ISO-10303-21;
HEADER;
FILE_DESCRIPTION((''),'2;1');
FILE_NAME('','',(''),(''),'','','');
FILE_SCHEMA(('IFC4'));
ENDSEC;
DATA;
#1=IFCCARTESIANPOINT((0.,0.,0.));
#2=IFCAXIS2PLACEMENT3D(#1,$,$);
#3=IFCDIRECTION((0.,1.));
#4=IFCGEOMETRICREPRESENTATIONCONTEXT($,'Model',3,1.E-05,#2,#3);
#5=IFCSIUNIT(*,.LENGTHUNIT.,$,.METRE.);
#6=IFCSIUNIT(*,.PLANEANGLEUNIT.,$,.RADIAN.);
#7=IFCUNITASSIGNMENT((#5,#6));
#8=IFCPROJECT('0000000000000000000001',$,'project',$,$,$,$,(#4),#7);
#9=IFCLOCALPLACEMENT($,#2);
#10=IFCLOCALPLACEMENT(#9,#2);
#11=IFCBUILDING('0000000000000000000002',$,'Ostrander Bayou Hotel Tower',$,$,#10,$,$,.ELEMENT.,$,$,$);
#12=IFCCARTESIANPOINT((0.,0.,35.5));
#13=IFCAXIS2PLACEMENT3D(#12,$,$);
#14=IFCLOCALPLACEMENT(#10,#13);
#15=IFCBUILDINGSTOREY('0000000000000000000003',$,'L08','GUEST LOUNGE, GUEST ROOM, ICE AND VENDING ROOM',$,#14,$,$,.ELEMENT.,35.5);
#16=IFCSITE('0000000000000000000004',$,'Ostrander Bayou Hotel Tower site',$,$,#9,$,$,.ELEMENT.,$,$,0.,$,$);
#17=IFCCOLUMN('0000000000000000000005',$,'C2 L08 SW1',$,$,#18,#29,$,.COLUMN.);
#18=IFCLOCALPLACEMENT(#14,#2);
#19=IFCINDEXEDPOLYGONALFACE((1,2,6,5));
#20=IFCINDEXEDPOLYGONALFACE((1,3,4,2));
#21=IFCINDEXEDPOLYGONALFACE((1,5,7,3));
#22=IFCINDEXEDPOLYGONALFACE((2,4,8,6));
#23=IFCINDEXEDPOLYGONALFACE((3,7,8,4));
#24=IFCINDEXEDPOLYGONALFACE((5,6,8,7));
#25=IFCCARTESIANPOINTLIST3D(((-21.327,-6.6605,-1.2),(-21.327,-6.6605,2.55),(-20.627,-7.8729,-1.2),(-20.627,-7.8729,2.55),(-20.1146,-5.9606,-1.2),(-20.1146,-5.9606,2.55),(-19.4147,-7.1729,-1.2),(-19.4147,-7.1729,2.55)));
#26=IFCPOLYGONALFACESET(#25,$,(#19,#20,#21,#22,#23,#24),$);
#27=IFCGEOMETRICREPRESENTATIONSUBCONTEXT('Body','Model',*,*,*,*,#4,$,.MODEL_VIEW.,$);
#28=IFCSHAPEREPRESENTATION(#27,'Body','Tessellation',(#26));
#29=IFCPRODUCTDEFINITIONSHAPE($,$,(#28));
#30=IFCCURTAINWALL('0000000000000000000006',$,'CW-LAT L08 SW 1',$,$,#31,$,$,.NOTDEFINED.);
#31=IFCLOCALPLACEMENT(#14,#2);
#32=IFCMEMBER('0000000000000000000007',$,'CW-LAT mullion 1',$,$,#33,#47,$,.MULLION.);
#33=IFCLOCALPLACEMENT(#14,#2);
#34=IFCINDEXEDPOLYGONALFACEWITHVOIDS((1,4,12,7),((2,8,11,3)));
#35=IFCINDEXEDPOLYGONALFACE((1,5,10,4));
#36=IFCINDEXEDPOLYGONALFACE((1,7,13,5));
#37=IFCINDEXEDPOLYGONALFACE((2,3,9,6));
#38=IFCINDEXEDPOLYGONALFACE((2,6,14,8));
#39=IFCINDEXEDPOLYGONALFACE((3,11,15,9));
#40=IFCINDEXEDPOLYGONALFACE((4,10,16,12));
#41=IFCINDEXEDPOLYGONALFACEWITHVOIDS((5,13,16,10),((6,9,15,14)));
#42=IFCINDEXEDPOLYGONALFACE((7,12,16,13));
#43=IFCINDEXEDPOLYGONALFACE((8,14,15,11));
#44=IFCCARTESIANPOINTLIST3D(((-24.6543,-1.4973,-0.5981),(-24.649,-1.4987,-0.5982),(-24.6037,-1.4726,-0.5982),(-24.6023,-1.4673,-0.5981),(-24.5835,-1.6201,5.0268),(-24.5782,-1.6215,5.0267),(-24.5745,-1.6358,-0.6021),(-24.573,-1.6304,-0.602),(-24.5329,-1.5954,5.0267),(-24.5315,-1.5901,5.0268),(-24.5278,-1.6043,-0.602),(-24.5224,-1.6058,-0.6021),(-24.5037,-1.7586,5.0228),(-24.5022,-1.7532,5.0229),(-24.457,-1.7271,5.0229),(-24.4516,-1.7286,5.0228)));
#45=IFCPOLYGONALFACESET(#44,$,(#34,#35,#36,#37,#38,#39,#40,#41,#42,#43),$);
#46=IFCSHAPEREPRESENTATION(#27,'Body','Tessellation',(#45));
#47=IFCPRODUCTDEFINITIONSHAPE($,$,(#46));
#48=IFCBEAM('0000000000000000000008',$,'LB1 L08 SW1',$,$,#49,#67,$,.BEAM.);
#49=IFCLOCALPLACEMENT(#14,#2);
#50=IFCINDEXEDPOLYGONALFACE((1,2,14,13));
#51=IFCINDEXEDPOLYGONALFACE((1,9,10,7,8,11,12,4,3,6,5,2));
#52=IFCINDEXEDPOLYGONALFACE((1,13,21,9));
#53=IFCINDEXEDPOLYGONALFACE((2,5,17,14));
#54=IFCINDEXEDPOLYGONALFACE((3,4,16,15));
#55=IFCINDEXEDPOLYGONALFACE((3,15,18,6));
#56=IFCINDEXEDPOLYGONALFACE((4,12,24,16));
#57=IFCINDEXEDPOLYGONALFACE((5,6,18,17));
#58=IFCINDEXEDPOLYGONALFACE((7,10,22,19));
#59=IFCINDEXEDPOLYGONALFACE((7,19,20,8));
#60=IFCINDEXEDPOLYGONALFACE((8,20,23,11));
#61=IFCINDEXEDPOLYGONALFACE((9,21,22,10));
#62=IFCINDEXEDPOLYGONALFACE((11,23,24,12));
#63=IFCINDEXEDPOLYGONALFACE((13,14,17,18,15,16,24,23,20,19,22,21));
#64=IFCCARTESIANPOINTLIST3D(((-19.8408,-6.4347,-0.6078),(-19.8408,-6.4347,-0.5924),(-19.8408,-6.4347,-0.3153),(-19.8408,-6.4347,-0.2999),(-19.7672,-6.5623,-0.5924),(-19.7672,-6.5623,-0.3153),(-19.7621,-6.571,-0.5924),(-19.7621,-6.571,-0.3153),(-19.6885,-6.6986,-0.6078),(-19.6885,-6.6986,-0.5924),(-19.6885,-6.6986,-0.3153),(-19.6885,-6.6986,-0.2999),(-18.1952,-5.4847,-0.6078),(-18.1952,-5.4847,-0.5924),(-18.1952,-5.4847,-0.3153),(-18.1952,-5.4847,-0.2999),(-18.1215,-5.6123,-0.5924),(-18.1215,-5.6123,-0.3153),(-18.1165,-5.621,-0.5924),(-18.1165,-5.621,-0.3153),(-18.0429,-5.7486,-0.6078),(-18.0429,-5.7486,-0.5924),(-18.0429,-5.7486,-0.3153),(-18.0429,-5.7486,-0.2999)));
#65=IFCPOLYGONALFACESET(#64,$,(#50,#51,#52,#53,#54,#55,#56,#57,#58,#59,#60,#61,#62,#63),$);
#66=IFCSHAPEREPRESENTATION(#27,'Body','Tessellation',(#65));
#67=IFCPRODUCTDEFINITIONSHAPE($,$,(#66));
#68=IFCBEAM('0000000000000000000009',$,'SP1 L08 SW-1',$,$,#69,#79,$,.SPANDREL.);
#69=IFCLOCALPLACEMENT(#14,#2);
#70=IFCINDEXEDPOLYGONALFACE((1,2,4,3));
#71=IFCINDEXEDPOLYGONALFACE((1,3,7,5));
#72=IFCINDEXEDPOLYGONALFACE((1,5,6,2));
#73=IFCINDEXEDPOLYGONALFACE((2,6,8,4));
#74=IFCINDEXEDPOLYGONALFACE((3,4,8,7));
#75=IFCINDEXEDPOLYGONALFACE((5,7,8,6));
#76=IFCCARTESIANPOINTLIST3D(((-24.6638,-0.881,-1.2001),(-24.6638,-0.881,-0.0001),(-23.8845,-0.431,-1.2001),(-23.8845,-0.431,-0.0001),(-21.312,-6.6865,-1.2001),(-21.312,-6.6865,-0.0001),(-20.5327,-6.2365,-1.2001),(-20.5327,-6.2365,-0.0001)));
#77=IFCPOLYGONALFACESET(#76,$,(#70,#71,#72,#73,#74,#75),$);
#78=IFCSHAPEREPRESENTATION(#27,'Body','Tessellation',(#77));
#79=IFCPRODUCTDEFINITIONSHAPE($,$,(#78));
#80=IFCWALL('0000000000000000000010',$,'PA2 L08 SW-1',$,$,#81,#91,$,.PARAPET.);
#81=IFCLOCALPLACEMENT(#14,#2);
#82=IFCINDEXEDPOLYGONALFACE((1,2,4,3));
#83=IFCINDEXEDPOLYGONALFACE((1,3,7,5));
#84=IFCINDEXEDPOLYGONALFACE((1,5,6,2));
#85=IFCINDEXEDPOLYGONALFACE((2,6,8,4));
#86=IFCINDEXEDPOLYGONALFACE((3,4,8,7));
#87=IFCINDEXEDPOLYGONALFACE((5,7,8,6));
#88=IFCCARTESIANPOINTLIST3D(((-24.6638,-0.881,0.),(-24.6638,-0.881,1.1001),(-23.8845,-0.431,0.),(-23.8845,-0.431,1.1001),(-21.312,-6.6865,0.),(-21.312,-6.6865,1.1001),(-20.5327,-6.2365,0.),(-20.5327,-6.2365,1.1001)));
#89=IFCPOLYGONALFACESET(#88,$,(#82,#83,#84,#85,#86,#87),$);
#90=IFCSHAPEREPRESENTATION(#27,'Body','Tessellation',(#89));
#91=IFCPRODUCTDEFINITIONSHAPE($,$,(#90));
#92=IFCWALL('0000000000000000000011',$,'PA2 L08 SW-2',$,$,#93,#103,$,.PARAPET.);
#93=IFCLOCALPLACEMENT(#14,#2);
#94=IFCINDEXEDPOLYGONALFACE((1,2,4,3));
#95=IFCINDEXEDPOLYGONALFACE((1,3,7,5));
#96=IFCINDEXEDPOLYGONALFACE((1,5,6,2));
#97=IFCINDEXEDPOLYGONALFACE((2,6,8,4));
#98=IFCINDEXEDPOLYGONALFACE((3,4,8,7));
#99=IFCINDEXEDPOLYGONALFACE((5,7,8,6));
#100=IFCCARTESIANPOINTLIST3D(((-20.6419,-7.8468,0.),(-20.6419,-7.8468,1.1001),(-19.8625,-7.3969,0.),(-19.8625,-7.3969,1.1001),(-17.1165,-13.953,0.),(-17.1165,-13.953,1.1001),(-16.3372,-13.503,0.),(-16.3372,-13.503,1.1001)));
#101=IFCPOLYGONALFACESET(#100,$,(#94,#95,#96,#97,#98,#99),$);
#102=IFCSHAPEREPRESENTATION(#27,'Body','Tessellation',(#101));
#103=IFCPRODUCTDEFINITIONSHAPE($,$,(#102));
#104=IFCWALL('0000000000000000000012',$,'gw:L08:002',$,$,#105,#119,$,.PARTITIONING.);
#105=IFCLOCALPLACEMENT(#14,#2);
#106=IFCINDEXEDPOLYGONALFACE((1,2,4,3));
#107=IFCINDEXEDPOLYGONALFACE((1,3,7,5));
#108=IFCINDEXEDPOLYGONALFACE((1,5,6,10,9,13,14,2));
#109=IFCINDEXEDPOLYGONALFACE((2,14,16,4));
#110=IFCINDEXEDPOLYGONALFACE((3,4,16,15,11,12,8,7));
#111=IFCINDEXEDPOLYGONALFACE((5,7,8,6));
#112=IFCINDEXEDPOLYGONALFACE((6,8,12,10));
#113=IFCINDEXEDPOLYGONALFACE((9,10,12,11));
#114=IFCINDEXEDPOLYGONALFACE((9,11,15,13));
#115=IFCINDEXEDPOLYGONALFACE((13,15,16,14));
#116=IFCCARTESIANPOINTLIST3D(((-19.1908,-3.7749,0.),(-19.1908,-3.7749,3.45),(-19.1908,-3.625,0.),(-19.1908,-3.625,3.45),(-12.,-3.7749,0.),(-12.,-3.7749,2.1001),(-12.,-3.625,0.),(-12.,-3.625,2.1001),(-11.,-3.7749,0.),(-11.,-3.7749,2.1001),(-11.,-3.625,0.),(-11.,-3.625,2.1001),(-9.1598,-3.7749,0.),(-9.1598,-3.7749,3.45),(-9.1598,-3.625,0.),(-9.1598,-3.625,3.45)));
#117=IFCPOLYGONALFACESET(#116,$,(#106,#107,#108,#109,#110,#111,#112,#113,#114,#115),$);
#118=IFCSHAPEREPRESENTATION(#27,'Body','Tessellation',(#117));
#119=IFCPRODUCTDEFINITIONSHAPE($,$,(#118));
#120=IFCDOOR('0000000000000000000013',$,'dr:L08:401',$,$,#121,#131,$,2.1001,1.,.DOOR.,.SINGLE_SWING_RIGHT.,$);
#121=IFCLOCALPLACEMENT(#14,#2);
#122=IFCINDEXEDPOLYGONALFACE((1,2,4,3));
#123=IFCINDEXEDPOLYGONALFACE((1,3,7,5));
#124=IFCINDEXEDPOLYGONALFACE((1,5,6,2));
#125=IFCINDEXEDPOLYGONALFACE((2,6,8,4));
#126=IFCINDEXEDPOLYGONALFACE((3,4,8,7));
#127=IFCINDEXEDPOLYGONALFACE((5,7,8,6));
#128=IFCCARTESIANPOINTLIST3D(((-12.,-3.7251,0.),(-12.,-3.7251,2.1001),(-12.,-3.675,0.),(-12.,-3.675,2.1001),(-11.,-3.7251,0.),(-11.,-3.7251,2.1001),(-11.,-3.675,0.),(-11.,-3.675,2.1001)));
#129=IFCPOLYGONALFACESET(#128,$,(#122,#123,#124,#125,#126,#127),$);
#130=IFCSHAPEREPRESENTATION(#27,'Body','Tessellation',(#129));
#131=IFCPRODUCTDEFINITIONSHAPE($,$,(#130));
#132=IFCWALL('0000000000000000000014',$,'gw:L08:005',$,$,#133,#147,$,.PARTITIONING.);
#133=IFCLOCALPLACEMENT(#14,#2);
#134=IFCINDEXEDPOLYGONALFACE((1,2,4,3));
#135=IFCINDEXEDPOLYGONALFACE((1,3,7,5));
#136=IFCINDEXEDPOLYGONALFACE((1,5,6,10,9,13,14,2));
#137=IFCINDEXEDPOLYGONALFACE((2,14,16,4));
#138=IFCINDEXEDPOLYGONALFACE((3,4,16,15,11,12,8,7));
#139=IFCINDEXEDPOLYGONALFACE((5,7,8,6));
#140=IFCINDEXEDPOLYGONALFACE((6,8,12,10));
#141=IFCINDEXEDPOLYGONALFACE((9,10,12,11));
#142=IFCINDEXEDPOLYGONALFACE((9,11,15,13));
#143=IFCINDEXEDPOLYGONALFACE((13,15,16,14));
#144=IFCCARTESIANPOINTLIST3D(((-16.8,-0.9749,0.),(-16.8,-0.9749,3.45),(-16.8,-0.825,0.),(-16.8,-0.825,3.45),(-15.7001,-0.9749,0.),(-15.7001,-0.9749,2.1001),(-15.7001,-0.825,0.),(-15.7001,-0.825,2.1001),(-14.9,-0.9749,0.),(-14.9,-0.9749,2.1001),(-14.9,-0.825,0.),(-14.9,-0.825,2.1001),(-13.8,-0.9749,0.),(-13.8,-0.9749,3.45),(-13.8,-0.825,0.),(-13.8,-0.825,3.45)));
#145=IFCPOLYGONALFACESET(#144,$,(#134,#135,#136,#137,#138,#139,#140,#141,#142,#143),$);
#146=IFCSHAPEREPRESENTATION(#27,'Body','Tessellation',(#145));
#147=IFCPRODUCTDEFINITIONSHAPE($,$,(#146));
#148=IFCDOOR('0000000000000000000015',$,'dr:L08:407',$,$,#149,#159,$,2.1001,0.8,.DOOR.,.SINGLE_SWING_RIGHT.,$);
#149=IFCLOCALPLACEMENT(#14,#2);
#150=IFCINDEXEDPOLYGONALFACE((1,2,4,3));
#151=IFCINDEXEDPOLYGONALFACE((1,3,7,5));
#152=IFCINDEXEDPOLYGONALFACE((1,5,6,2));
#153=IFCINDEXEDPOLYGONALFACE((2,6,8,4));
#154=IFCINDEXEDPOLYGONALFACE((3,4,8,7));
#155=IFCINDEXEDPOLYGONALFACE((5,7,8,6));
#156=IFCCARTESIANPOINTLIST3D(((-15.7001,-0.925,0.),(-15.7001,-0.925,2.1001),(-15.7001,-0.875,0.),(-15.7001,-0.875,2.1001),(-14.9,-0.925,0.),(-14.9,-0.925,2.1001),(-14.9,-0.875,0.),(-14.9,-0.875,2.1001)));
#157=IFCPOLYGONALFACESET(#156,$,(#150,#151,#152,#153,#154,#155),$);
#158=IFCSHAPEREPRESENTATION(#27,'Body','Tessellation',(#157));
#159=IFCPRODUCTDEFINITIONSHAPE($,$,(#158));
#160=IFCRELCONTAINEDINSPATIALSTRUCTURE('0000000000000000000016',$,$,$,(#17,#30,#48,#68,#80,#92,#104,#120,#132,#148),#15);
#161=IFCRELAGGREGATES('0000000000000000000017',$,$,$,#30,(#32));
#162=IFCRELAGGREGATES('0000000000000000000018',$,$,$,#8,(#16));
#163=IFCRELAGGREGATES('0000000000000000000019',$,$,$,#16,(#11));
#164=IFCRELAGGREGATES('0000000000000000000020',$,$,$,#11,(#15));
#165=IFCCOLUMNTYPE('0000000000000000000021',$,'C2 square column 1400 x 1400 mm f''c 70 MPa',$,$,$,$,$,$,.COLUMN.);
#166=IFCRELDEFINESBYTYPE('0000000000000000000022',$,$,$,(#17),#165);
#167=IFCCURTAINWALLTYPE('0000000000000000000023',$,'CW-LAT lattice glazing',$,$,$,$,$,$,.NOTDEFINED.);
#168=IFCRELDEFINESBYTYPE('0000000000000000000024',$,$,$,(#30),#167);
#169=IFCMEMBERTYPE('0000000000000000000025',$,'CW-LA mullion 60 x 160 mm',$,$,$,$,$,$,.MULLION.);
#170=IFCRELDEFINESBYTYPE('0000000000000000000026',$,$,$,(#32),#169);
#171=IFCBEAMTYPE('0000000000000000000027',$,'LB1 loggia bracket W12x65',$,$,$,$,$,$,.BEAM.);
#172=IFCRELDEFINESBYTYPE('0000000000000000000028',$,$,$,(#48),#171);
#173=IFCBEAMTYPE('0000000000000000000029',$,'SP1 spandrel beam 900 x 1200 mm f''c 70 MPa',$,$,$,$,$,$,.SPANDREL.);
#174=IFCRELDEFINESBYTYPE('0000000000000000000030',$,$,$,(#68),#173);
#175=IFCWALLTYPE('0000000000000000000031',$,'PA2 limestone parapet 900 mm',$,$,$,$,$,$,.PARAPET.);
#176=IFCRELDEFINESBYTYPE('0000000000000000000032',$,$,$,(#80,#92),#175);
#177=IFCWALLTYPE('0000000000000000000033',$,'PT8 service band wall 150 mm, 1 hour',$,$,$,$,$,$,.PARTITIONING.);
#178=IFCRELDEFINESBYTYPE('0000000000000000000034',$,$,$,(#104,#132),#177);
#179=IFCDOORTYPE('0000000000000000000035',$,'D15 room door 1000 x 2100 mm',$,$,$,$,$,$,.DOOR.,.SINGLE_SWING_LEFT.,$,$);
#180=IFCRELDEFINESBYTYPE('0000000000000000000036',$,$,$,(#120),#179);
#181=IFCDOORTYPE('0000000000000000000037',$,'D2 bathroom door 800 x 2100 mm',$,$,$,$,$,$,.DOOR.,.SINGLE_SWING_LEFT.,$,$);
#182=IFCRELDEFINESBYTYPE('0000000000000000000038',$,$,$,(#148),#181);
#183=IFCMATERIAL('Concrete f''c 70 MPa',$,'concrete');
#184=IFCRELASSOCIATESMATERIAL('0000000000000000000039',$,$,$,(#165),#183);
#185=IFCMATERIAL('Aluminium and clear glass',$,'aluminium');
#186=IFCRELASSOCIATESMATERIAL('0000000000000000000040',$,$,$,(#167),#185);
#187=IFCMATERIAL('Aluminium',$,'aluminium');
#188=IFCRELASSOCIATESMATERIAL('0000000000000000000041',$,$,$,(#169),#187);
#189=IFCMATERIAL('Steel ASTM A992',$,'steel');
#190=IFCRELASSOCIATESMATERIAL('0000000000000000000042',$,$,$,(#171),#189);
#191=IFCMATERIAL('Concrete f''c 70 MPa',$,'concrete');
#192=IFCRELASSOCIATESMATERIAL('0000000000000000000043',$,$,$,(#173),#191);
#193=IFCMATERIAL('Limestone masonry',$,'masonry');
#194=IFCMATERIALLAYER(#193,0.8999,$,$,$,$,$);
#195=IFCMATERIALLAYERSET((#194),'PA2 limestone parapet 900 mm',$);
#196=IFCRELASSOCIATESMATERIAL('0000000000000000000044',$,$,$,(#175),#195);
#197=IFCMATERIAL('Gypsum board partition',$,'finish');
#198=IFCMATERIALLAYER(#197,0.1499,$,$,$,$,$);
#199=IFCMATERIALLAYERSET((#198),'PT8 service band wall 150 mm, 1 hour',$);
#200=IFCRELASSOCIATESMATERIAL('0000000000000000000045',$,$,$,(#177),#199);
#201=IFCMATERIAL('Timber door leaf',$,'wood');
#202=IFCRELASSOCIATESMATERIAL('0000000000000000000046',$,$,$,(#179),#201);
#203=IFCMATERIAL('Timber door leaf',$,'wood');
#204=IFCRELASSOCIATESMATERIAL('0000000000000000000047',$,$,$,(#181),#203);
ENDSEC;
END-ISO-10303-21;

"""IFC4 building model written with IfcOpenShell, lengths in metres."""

from ifc_helpers import new_model, si_unit, direction, frame, frame_2d, origin, origin_2d, place, context, subcontext, project, spatial, rectangle, hollow_rectangle, i_section, extrude, material, layer, layer_set, material_profile, profile_set, type_object, element, fill, aggregate, save


model = new_model("IFC4")

# Units and contexts
model_context = context("Model", 3, precision=1e-05, world=origin(), true_north=direction((0.0, 1.0)))
body_context = subcontext(model_context, "Body", "Model", "MODEL_VIEW")
ifc_project = project(units=[si_unit("LENGTHUNIT", "METRE"), si_unit("PLANEANGLEUNIT", "RADIAN")], contexts=[model_context])

# Site, building, storey
site_placement = place(None, origin())
site = spatial("IfcSite", under=ifc_project, at=site_placement, Name="Ostrander Bayou Hotel Tower site", CompositionType="ELEMENT", RefElevation=0.0)
building_placement = place(site_placement, origin())
building = spatial("IfcBuilding", under=site, at=building_placement, Name="Ostrander Bayou Hotel Tower", CompositionType="ELEMENT")
storey_placement = place(building_placement, frame((0.0, 0.0, 35.5)))
storey = spatial("IfcBuildingStorey", under=building, at=storey_placement, Name="L08", Description="GUEST LOUNGE, GUEST ROOM, ICE AND VENDING ROOM", CompositionType="ELEMENT", Elevation=35.5)

# Column
ifc_material_1 = material(Name="Concrete f'c 70 MPa", Category="concrete")
ifc_material_profile_1 = material_profile(ifc_material_1, rectangle(XDim=1.3999, YDim=1.3999, at=origin_2d()))
ifc_profile_set_1 = profile_set([ifc_material_profile_1], Name="Concrete f'c 70 MPa")
column_type = type_object("IfcColumnType", Name="C2 square column 1400 x 1400 mm f'c 70 MPa", PredefinedType="COLUMN", material=ifc_profile_set_1)
column_placement = place(storey_placement, frame((-20.3708, -6.9167, -1.2), z_axis=(0.0, 0.0, 1.0), x_axis=(-0.5, 0.866025, 0.0)))
element("IfcColumn", 1, at=column_placement, inside=storey, type_object=column_type, Name="C2 L08 SW1", PredefinedType="COLUMN", context=body_context, shape_type="SweptSolid", body=[
    extrude(rectangle(XDim=1.3999, YDim=1.3999, at=origin_2d()), origin(), (0.0, 0.0, 1.0), 3.75),
])

# Curtain wall, member
ifc_material_2 = material(Name="Aluminium and clear glass", Category="aluminium")
curtain_wall_type = type_object("IfcCurtainWallType", Name="CW-LAT lattice glazing", PredefinedType="NOTDEFINED", material=ifc_material_2)
curtain_wall_placement = place(storey_placement, origin())
curtain_wall = element("IfcCurtainWall", 2, at=curtain_wall_placement, inside=storey, type_object=curtain_wall_type, Name="CW-LAT L08 SW 1", PredefinedType="NOTDEFINED")
ifc_material_3 = material(Name="Aluminium", Category="aluminium")
ifc_material_profile_2 = material_profile(ifc_material_3, hollow_rectangle(XDim=0.0601, YDim=0.1599, WallThickness=0.0039, at=origin_2d()))
ifc_profile_set_2 = profile_set([ifc_material_profile_2], Name="Aluminium")
member_type = type_object("IfcMemberType", Name="CW-LA mullion 60 x 160 mm", PredefinedType="MULLION", material=ifc_profile_set_2)
member_placement = place(storey_placement, frame((-24.5884, -1.5515, -0.6001), z_axis=(0.012583, -0.021825, 0.999683), x_axis=(0.866329, 0.499474, 0.0)))
member = element("IfcMember", 3, at=member_placement, type_object=member_type, Name="CW-LAT mullion 1", PredefinedType="MULLION", context=body_context, shape_type="SweptSolid", body=[
    extrude(hollow_rectangle(XDim=0.0601, YDim=0.1599, WallThickness=0.0039, at=origin_2d()), origin(), (0.0, 0.0, 1.0), 5.6267),
])
aggregate(curtain_wall, [member])

# Beams
ifc_material_4 = material(Name="Steel ASTM A992", Category="steel")
ifc_material_profile_3 = material_profile(ifc_material_4, i_section(OverallWidth=0.3047, OverallDepth=0.3079, WebThickness=0.01, FlangeThickness=0.0154, at=origin_2d()))
ifc_profile_set_3 = profile_set([ifc_material_profile_3], Name="Steel ASTM A992")
beam_type_1 = type_object("IfcBeamType", Name="LB1 loggia bracket W12x65", PredefinedType="BEAM", material=ifc_profile_set_3)
beam_1_placement = place(storey_placement, frame((-19.7646, -6.5667, -0.4539), z_axis=(0.866044, 0.499967, 0.0), x_axis=(-0.499967, 0.866044, 0.0)))
element("IfcBeam", 4, at=beam_1_placement, inside=storey, type_object=beam_type_1, Name="LB1 L08 SW1", PredefinedType="BEAM", context=body_context, shape_type="SweptSolid", body=[
    extrude(i_section(OverallWidth=0.3047, OverallDepth=0.3079, WebThickness=0.01, FlangeThickness=0.0154, at=origin_2d()), origin(), (0.0, 0.0, 1.0), 1.9001),
])
ifc_material_5 = material(Name="Concrete f'c 70 MPa", Category="concrete")
ifc_material_profile_4 = material_profile(ifc_material_5, rectangle(XDim=0.8999, YDim=1.2, at=origin_2d()))
ifc_profile_set_4 = profile_set([ifc_material_profile_4], Name="Concrete f'c 70 MPa")
beam_type_2 = type_object("IfcBeamType", Name="SP1 spandrel beam 900 x 1200 mm f'c 70 MPa", PredefinedType="SPANDREL", material=ifc_profile_set_4)
beam_2_placement = place(storey_placement, frame((-24.2742, -0.656, -0.6001), z_axis=(0.500005, -0.866022, 0.0), x_axis=(0.866022, 0.500005, 0.0)))
element("IfcBeam", 5, at=beam_2_placement, inside=storey, type_object=beam_type_2, Name="SP1 L08 SW-1", PredefinedType="SPANDREL", context=body_context, shape_type="SweptSolid", body=[
    extrude(rectangle(XDim=0.8999, YDim=1.2, at=origin_2d()), origin(), (0.0, 0.0, 1.0), 6.7036),
])

# Walls
ifc_material_6 = material(Name="Limestone masonry", Category="masonry")
ifc_layer_1 = layer(ifc_material_6, 0.8999)
ifc_layer_set_1 = layer_set([ifc_layer_1], Name="PA2 limestone parapet 900 mm")
wall_type_1 = type_object("IfcWallType", Name="PA2 limestone parapet 900 mm", PredefinedType="PARAPET", material=ifc_layer_set_1)
wall_1_placement = place(storey_placement, frame((-24.2742, -0.656, 0.0), z_axis=(0.0, 0.0, 1.0), x_axis=(0.500005, -0.866022, 0.0)))
element("IfcWall", 6, at=wall_1_placement, inside=storey, type_object=wall_type_1, Name="PA2 L08 SW-1", PredefinedType="PARAPET", context=body_context, shape_type="SweptSolid", body=[
    extrude(rectangle(XDim=6.7036, YDim=0.8999, at=frame_2d((3.3518, 0.0))), origin(), (0.0, 0.0, 1.0), 1.1001),
])
wall_2_placement = place(storey_placement, frame((-20.2522, -7.6218, 0.0), z_axis=(0.0, 0.0, 1.0), x_axis=(0.499997, -0.866027, 0.0)))
element("IfcWall", 7, at=wall_2_placement, inside=storey, type_object=wall_type_1, Name="PA2 L08 SW-2", PredefinedType="PARAPET", context=body_context, shape_type="SweptSolid", body=[
    extrude(rectangle(XDim=7.0508, YDim=0.8999, at=frame_2d((3.5254, 0.0))), origin(), (0.0, 0.0, 1.0), 1.1001),
])

# Walls, openings, doors
ifc_material_7 = material(Name="Gypsum board partition", Category="finish")
ifc_layer_2 = layer(ifc_material_7, 0.1499)
ifc_layer_set_2 = layer_set([ifc_layer_2], Name="PT8 service band wall 150 mm, 1 hour")
wall_type_2 = type_object("IfcWallType", Name="PT8 service band wall 150 mm, 1 hour", PredefinedType="PARTITIONING", material=ifc_layer_set_2)
wall_3_placement = place(storey_placement, frame((-19.1909, -3.7, 0.0), z_axis=(0.0, 0.0, 1.0), x_axis=(1.0, 0.0, 0.0)))
wall_3 = element("IfcWall", 8, at=wall_3_placement, inside=storey, type_object=wall_type_2, Name="gw:L08:002", PredefinedType="PARTITIONING", context=body_context, shape_type="SweptSolid", body=[
    extrude(rectangle(XDim=10.031, YDim=0.1499, at=frame_2d((5.0156, 0.0))), origin(), (0.0, 0.0, 1.0), 3.45),
])
opening_1_placement = place(wall_3_placement, frame((7.1909, 0.0, 0.0)))
opening_1 = element("IfcOpeningElement", 9, at=opening_1_placement, cuts=wall_3, PredefinedType="OPENING", context=body_context, shape_type="SweptSolid", body=[
    extrude(rectangle(XDim=1.0, YDim=2.1001, at=frame_2d((0.5, 1.05))), frame((0.0, 0.075, 0.0), z_axis=(0.0, -1.0, 0.0), x_axis=(1.0, 0.0, 0.0)), (0.0, 0.0, 1.0), 0.1499),
])
ifc_material_8 = material(Name="Timber door leaf", Category="wood")
door_type_1 = type_object("IfcDoorType", Name="D15 room door 1000 x 2100 mm", OperationType="SINGLE_SWING_LEFT", PredefinedType="DOOR", material=ifc_material_8)
door_1_placement = place(opening_1_placement, origin())
door_1 = element("IfcDoor", 10, at=door_1_placement, inside=storey, type_object=door_type_1, Name="dr:L08:401", OperationType="SINGLE_SWING_RIGHT", OverallHeight=2.1001, OverallWidth=1.0, PredefinedType="DOOR", context=body_context, shape_type="SweptSolid", body=[
    extrude(rectangle(XDim=1.0, YDim=2.1001, at=frame_2d((0.5, 1.05))), frame((0.0, 0.0249, 0.0), z_axis=(0.0, -1.0, 0.0), x_axis=(1.0, 0.0, 0.0)), (0.0, 0.0, 1.0), 0.05),
])
fill(opening_1, door_1)
wall_4_placement = place(storey_placement, frame((-16.8, -0.8999, 0.0), z_axis=(0.0, 0.0, 1.0), x_axis=(1.0, 0.0, 0.0)))
wall_4 = element("IfcWall", 11, at=wall_4_placement, inside=storey, type_object=wall_type_2, Name="gw:L08:005", PredefinedType="PARTITIONING", context=body_context, shape_type="SweptSolid", body=[
    extrude(rectangle(XDim=3.0, YDim=0.1499, at=frame_2d((1.5, 0.0))), origin(), (0.0, 0.0, 1.0), 3.45),
])
opening_2_placement = place(wall_4_placement, frame((1.1001, 0.0, 0.0)))
opening_2 = element("IfcOpeningElement", 12, at=opening_2_placement, cuts=wall_4, PredefinedType="OPENING", context=body_context, shape_type="SweptSolid", body=[
    extrude(rectangle(XDim=0.8, YDim=2.1001, at=frame_2d((0.3999, 1.05))), frame((0.0, 0.075, 0.0), z_axis=(0.0, -1.0, 0.0), x_axis=(1.0, 0.0, 0.0)), (0.0, 0.0, 1.0), 0.1499),
])
ifc_material_9 = material(Name="Timber door leaf", Category="wood")
door_type_2 = type_object("IfcDoorType", Name="D2 bathroom door 800 x 2100 mm", OperationType="SINGLE_SWING_LEFT", PredefinedType="DOOR", material=ifc_material_9)
door_2_placement = place(opening_2_placement, origin())
door_2 = element("IfcDoor", 13, at=door_2_placement, inside=storey, type_object=door_type_2, Name="dr:L08:407", OperationType="SINGLE_SWING_RIGHT", OverallHeight=2.1001, OverallWidth=0.8, PredefinedType="DOOR", context=body_context, shape_type="SweptSolid", body=[
    extrude(rectangle(XDim=0.8, YDim=2.1001, at=frame_2d((0.3999, 1.05))), frame((0.0, 0.0249, 0.0), z_axis=(0.0, -1.0, 0.0), x_axis=(1.0, 0.0, 0.0)), (0.0, 0.0, 1.0), 0.05),
])
fill(opening_2, door_2)

save(model, "model.ifc")
